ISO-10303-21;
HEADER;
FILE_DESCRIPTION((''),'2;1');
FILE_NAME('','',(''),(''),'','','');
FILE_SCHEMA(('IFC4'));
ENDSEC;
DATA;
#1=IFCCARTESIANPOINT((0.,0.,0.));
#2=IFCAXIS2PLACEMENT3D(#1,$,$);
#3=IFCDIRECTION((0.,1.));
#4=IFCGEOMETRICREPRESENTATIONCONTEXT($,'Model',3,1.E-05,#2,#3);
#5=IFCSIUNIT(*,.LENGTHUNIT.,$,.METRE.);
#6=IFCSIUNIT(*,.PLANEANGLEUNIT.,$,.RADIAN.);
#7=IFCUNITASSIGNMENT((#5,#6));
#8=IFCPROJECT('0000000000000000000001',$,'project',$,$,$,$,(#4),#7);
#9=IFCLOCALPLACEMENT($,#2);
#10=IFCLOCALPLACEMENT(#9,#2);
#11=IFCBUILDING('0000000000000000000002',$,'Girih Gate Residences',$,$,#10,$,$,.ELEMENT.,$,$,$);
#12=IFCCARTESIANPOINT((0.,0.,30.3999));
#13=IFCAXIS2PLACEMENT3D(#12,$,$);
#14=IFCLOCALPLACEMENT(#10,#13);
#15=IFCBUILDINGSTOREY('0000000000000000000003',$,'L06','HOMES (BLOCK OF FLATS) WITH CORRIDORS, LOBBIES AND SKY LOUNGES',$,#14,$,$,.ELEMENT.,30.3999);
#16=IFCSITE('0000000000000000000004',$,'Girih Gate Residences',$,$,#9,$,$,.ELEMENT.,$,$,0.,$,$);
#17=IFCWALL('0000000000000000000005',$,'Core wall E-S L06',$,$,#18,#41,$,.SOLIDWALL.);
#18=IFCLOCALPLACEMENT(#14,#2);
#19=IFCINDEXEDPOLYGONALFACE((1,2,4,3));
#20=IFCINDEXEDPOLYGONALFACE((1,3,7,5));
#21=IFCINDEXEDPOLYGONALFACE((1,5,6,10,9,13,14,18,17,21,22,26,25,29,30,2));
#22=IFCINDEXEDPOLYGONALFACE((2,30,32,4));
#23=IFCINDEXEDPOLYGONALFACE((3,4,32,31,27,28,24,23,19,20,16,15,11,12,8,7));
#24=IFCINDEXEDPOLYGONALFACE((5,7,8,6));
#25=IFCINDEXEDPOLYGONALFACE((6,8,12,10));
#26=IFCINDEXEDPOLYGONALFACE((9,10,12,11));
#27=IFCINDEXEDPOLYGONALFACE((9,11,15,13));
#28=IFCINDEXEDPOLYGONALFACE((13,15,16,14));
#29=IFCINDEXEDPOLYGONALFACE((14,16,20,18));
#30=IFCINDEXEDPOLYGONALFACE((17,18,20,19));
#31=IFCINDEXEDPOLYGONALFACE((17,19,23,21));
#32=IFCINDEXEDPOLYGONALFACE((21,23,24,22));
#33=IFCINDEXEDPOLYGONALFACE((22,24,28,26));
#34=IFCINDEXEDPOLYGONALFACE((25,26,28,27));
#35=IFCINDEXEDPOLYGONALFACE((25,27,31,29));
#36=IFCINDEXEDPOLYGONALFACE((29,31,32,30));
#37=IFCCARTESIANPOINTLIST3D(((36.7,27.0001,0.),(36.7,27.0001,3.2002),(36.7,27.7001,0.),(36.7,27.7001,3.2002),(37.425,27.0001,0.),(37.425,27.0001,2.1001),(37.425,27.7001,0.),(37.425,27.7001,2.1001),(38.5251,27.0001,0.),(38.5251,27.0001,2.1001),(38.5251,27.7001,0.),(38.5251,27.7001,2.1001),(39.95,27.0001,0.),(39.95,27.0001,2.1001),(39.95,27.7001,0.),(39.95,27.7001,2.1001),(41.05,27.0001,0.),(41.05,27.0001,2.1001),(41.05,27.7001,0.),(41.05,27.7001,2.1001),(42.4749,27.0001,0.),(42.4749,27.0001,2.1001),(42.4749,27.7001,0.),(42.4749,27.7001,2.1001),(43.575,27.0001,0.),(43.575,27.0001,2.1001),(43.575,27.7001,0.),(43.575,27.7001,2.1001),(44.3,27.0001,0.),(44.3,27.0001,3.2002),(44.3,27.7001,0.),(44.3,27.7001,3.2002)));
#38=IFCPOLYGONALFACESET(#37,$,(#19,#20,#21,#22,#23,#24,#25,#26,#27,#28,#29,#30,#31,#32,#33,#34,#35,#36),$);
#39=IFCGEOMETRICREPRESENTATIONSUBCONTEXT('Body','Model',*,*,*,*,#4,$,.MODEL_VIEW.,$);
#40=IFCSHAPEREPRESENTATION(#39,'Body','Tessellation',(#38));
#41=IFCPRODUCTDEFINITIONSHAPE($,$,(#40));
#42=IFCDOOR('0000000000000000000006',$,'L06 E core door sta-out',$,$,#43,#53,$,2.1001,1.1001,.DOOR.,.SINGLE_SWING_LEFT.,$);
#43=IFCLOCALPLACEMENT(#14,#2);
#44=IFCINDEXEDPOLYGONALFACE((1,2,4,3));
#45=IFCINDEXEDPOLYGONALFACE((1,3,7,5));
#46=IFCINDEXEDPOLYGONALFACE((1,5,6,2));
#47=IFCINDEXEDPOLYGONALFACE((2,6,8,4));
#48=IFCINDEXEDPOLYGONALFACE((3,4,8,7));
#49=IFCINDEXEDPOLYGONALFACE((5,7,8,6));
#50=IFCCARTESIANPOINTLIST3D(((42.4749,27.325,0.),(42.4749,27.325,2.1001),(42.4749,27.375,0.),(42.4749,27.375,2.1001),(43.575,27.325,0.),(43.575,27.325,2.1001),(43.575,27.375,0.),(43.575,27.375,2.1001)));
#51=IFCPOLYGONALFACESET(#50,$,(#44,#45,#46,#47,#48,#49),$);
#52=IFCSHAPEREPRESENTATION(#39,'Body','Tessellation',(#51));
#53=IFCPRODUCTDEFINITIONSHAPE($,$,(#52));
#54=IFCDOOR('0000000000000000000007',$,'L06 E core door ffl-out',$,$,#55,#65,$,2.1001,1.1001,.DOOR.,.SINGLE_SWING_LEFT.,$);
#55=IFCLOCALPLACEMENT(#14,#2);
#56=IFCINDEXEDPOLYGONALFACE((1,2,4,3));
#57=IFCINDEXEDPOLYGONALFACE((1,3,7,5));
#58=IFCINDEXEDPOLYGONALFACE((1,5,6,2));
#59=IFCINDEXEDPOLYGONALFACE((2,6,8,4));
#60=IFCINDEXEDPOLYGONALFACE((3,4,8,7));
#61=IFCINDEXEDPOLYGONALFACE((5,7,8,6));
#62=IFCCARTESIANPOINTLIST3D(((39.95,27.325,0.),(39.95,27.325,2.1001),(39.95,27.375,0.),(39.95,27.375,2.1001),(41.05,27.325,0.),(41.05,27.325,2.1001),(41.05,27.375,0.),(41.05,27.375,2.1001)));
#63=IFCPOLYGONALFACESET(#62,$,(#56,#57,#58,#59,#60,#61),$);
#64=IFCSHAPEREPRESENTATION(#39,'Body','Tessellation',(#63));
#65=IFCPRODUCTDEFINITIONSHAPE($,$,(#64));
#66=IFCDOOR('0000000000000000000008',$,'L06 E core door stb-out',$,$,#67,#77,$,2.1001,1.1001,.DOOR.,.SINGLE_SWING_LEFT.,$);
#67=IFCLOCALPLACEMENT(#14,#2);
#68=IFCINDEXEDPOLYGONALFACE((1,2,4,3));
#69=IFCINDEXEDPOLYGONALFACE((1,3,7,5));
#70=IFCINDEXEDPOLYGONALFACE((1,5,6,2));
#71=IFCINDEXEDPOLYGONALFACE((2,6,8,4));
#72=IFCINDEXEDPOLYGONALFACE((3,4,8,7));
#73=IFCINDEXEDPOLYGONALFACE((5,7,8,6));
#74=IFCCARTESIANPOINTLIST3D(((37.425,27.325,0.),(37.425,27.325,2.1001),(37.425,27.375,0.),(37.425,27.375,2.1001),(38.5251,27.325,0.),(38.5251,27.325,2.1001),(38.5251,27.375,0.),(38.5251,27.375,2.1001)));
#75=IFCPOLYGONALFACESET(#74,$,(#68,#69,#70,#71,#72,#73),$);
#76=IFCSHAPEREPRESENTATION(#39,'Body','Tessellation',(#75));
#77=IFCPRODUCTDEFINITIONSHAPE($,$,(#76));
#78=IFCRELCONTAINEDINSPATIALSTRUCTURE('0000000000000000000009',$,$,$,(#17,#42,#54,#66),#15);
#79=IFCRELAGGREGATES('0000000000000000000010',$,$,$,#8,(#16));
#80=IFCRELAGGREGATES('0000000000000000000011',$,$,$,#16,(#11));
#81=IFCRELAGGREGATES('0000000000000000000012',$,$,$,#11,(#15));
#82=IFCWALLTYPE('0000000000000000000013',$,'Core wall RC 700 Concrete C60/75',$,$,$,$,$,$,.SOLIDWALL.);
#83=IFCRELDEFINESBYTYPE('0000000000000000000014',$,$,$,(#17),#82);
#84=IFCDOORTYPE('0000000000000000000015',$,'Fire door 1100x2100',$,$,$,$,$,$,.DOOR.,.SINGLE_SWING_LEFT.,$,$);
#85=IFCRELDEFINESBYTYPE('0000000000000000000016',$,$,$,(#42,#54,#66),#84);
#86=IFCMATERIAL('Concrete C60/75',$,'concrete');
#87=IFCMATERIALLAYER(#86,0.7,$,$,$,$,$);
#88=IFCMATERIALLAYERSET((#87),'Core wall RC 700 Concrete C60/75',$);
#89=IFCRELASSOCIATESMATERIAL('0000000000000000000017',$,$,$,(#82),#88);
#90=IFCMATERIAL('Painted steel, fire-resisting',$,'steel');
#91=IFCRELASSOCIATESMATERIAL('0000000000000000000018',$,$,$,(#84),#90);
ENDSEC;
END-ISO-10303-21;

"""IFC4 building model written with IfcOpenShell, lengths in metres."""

from ifc_helpers import new_model, si_unit, direction, frame, frame_2d, origin, place, context, subcontext, project, spatial, rectangle, extrude, material, layer, layer_set, type_object, element, fill, save


model = new_model("IFC4")

# Units and contexts
model_context = context("Model", 3, precision=1e-05, world=origin(), true_north=direction((0.0, 1.0)))
body_context = subcontext(model_context, "Body", "Model", "MODEL_VIEW")
ifc_project = project(units=[si_unit("LENGTHUNIT", "METRE"), si_unit("PLANEANGLEUNIT", "RADIAN")], contexts=[model_context])

# Site, building, storey
site_placement = place(None, origin())
site = spatial("IfcSite", under=ifc_project, at=site_placement, Name="Girih Gate Residences", CompositionType="ELEMENT", RefElevation=0.0)
building_placement = place(site_placement, origin())
building = spatial("IfcBuilding", under=site, at=building_placement, Name="Girih Gate Residences", CompositionType="ELEMENT")
storey_placement = place(building_placement, frame((0.0, 0.0, 30.3999)))
storey = spatial("IfcBuildingStorey", under=building, at=storey_placement, Name="L06", Description="HOMES (BLOCK OF FLATS) WITH CORRIDORS, LOBBIES AND SKY LOUNGES", CompositionType="ELEMENT", Elevation=30.3999)

# Shared definitions
ifc_material_1 = material(Name="Concrete C60/75", Category="concrete")

# Wall, openings, doors
ifc_layer_1 = layer(ifc_material_1, 0.7)
ifc_layer_set_1 = layer_set([ifc_layer_1], Name="Core wall RC 700 Concrete C60/75")
wall_type_1 = type_object("IfcWallType", Name="Core wall RC 700 Concrete C60/75", PredefinedType="SOLIDWALL", material=ifc_layer_set_1)
wall_1_placement = place(storey_placement, frame((36.7, 27.3501, 0.0), z_axis=(0.0, 0.0, 1.0), x_axis=(1.0, 0.0, 0.0)))
wall_1 = element("IfcWall", 1, at=wall_1_placement, inside=storey, type_object=wall_type_1, Name="Core wall E-S L06", PredefinedType="SOLIDWALL", context=body_context, shape_type="SweptSolid", body=[
    extrude(rectangle(XDim=7.6001, YDim=0.7, at=frame_2d((3.8, 0.0))), origin(), (0.0, 0.0, 1.0), 3.2002),
])
opening_1_placement = place(wall_1_placement, frame((5.7749, 0.0, 0.0)))
opening_1 = element("IfcOpeningElement", 2, at=opening_1_placement, cuts=wall_1, PredefinedType="OPENING", context=body_context, shape_type="SweptSolid", body=[
    extrude(rectangle(XDim=1.1001, YDim=2.1001, at=frame_2d((0.55, 1.05))), frame((0.0, 0.3599, 0.0), z_axis=(0.0, -1.0, 0.0), x_axis=(1.0, 0.0, 0.0)), (0.0, 0.0, 1.0), 0.72),
])
opening_2_placement = place(wall_1_placement, frame((3.25, 0.0, 0.0)))
opening_2 = element("IfcOpeningElement", 3, at=opening_2_placement, cuts=wall_1, PredefinedType="OPENING", context=body_context, shape_type="SweptSolid", body=[
    extrude(rectangle(XDim=1.1001, YDim=2.1001, at=frame_2d((0.55, 1.05))), frame((0.0, 0.3599, 0.0), z_axis=(0.0, -1.0, 0.0), x_axis=(1.0, 0.0, 0.0)), (0.0, 0.0, 1.0), 0.72),
])
opening_3_placement = place(wall_1_placement, frame((0.7251, 0.0, 0.0)))
opening_3 = element("IfcOpeningElement", 4, at=opening_3_placement, cuts=wall_1, PredefinedType="OPENING", context=body_context, shape_type="SweptSolid", body=[
    extrude(rectangle(XDim=1.1001, YDim=2.1001, at=frame_2d((0.55, 1.05))), frame((0.0, 0.3599, 0.0), z_axis=(0.0, -1.0, 0.0), x_axis=(1.0, 0.0, 0.0)), (0.0, 0.0, 1.0), 0.72),
])
ifc_material_2 = material(Name="Painted steel, fire-resisting", Category="steel")
door_type_1 = type_object("IfcDoorType", Name="Fire door 1100x2100", OperationType="SINGLE_SWING_LEFT", PredefinedType="DOOR", material=ifc_material_2)
door_1_placement = place(opening_1_placement, origin())
door_1 = element("IfcDoor", 5, at=door_1_placement, inside=storey, type_object=door_type_1, Name="L06 E core door sta-out", OperationType="SINGLE_SWING_LEFT", OverallHeight=2.1001, OverallWidth=1.1001, PredefinedType="DOOR", context=body_context, shape_type="SweptSolid", body=[
    extrude(rectangle(XDim=1.1001, YDim=2.1001, at=frame_2d((0.55, 1.05))), frame((0.0, 0.0249, 0.0), z_axis=(0.0, -1.0, 0.0), x_axis=(1.0, 0.0, 0.0)), (0.0, 0.0, 1.0), 0.05),
])
fill(opening_1, door_1)
door_2_placement = place(opening_2_placement, origin())
door_2 = element("IfcDoor", 6, at=door_2_placement, inside=storey, type_object=door_type_1, Name="L06 E core door ffl-out", OperationType="SINGLE_SWING_LEFT", OverallHeight=2.1001, OverallWidth=1.1001, PredefinedType="DOOR", context=body_context, shape_type="SweptSolid", body=[
    extrude(rectangle(XDim=1.1001, YDim=2.1001, at=frame_2d((0.55, 1.05))), frame((0.0, 0.0249, 0.0), z_axis=(0.0, -1.0, 0.0), x_axis=(1.0, 0.0, 0.0)), (0.0, 0.0, 1.0), 0.05),
])
fill(opening_2, door_2)
door_3_placement = place(opening_3_placement, origin())
door_3 = element("IfcDoor", 7, at=door_3_placement, inside=storey, type_object=door_type_1, Name="L06 E core door stb-out", OperationType="SINGLE_SWING_LEFT", OverallHeight=2.1001, OverallWidth=1.1001, PredefinedType="DOOR", context=body_context, shape_type="SweptSolid", body=[
    extrude(rectangle(XDim=1.1001, YDim=2.1001, at=frame_2d((0.55, 1.05))), frame((0.0, 0.0249, 0.0), z_axis=(0.0, -1.0, 0.0), x_axis=(1.0, 0.0, 0.0)), (0.0, 0.0, 1.0), 0.05),
])
fill(opening_3, door_3)

save(model, "model.ifc")
